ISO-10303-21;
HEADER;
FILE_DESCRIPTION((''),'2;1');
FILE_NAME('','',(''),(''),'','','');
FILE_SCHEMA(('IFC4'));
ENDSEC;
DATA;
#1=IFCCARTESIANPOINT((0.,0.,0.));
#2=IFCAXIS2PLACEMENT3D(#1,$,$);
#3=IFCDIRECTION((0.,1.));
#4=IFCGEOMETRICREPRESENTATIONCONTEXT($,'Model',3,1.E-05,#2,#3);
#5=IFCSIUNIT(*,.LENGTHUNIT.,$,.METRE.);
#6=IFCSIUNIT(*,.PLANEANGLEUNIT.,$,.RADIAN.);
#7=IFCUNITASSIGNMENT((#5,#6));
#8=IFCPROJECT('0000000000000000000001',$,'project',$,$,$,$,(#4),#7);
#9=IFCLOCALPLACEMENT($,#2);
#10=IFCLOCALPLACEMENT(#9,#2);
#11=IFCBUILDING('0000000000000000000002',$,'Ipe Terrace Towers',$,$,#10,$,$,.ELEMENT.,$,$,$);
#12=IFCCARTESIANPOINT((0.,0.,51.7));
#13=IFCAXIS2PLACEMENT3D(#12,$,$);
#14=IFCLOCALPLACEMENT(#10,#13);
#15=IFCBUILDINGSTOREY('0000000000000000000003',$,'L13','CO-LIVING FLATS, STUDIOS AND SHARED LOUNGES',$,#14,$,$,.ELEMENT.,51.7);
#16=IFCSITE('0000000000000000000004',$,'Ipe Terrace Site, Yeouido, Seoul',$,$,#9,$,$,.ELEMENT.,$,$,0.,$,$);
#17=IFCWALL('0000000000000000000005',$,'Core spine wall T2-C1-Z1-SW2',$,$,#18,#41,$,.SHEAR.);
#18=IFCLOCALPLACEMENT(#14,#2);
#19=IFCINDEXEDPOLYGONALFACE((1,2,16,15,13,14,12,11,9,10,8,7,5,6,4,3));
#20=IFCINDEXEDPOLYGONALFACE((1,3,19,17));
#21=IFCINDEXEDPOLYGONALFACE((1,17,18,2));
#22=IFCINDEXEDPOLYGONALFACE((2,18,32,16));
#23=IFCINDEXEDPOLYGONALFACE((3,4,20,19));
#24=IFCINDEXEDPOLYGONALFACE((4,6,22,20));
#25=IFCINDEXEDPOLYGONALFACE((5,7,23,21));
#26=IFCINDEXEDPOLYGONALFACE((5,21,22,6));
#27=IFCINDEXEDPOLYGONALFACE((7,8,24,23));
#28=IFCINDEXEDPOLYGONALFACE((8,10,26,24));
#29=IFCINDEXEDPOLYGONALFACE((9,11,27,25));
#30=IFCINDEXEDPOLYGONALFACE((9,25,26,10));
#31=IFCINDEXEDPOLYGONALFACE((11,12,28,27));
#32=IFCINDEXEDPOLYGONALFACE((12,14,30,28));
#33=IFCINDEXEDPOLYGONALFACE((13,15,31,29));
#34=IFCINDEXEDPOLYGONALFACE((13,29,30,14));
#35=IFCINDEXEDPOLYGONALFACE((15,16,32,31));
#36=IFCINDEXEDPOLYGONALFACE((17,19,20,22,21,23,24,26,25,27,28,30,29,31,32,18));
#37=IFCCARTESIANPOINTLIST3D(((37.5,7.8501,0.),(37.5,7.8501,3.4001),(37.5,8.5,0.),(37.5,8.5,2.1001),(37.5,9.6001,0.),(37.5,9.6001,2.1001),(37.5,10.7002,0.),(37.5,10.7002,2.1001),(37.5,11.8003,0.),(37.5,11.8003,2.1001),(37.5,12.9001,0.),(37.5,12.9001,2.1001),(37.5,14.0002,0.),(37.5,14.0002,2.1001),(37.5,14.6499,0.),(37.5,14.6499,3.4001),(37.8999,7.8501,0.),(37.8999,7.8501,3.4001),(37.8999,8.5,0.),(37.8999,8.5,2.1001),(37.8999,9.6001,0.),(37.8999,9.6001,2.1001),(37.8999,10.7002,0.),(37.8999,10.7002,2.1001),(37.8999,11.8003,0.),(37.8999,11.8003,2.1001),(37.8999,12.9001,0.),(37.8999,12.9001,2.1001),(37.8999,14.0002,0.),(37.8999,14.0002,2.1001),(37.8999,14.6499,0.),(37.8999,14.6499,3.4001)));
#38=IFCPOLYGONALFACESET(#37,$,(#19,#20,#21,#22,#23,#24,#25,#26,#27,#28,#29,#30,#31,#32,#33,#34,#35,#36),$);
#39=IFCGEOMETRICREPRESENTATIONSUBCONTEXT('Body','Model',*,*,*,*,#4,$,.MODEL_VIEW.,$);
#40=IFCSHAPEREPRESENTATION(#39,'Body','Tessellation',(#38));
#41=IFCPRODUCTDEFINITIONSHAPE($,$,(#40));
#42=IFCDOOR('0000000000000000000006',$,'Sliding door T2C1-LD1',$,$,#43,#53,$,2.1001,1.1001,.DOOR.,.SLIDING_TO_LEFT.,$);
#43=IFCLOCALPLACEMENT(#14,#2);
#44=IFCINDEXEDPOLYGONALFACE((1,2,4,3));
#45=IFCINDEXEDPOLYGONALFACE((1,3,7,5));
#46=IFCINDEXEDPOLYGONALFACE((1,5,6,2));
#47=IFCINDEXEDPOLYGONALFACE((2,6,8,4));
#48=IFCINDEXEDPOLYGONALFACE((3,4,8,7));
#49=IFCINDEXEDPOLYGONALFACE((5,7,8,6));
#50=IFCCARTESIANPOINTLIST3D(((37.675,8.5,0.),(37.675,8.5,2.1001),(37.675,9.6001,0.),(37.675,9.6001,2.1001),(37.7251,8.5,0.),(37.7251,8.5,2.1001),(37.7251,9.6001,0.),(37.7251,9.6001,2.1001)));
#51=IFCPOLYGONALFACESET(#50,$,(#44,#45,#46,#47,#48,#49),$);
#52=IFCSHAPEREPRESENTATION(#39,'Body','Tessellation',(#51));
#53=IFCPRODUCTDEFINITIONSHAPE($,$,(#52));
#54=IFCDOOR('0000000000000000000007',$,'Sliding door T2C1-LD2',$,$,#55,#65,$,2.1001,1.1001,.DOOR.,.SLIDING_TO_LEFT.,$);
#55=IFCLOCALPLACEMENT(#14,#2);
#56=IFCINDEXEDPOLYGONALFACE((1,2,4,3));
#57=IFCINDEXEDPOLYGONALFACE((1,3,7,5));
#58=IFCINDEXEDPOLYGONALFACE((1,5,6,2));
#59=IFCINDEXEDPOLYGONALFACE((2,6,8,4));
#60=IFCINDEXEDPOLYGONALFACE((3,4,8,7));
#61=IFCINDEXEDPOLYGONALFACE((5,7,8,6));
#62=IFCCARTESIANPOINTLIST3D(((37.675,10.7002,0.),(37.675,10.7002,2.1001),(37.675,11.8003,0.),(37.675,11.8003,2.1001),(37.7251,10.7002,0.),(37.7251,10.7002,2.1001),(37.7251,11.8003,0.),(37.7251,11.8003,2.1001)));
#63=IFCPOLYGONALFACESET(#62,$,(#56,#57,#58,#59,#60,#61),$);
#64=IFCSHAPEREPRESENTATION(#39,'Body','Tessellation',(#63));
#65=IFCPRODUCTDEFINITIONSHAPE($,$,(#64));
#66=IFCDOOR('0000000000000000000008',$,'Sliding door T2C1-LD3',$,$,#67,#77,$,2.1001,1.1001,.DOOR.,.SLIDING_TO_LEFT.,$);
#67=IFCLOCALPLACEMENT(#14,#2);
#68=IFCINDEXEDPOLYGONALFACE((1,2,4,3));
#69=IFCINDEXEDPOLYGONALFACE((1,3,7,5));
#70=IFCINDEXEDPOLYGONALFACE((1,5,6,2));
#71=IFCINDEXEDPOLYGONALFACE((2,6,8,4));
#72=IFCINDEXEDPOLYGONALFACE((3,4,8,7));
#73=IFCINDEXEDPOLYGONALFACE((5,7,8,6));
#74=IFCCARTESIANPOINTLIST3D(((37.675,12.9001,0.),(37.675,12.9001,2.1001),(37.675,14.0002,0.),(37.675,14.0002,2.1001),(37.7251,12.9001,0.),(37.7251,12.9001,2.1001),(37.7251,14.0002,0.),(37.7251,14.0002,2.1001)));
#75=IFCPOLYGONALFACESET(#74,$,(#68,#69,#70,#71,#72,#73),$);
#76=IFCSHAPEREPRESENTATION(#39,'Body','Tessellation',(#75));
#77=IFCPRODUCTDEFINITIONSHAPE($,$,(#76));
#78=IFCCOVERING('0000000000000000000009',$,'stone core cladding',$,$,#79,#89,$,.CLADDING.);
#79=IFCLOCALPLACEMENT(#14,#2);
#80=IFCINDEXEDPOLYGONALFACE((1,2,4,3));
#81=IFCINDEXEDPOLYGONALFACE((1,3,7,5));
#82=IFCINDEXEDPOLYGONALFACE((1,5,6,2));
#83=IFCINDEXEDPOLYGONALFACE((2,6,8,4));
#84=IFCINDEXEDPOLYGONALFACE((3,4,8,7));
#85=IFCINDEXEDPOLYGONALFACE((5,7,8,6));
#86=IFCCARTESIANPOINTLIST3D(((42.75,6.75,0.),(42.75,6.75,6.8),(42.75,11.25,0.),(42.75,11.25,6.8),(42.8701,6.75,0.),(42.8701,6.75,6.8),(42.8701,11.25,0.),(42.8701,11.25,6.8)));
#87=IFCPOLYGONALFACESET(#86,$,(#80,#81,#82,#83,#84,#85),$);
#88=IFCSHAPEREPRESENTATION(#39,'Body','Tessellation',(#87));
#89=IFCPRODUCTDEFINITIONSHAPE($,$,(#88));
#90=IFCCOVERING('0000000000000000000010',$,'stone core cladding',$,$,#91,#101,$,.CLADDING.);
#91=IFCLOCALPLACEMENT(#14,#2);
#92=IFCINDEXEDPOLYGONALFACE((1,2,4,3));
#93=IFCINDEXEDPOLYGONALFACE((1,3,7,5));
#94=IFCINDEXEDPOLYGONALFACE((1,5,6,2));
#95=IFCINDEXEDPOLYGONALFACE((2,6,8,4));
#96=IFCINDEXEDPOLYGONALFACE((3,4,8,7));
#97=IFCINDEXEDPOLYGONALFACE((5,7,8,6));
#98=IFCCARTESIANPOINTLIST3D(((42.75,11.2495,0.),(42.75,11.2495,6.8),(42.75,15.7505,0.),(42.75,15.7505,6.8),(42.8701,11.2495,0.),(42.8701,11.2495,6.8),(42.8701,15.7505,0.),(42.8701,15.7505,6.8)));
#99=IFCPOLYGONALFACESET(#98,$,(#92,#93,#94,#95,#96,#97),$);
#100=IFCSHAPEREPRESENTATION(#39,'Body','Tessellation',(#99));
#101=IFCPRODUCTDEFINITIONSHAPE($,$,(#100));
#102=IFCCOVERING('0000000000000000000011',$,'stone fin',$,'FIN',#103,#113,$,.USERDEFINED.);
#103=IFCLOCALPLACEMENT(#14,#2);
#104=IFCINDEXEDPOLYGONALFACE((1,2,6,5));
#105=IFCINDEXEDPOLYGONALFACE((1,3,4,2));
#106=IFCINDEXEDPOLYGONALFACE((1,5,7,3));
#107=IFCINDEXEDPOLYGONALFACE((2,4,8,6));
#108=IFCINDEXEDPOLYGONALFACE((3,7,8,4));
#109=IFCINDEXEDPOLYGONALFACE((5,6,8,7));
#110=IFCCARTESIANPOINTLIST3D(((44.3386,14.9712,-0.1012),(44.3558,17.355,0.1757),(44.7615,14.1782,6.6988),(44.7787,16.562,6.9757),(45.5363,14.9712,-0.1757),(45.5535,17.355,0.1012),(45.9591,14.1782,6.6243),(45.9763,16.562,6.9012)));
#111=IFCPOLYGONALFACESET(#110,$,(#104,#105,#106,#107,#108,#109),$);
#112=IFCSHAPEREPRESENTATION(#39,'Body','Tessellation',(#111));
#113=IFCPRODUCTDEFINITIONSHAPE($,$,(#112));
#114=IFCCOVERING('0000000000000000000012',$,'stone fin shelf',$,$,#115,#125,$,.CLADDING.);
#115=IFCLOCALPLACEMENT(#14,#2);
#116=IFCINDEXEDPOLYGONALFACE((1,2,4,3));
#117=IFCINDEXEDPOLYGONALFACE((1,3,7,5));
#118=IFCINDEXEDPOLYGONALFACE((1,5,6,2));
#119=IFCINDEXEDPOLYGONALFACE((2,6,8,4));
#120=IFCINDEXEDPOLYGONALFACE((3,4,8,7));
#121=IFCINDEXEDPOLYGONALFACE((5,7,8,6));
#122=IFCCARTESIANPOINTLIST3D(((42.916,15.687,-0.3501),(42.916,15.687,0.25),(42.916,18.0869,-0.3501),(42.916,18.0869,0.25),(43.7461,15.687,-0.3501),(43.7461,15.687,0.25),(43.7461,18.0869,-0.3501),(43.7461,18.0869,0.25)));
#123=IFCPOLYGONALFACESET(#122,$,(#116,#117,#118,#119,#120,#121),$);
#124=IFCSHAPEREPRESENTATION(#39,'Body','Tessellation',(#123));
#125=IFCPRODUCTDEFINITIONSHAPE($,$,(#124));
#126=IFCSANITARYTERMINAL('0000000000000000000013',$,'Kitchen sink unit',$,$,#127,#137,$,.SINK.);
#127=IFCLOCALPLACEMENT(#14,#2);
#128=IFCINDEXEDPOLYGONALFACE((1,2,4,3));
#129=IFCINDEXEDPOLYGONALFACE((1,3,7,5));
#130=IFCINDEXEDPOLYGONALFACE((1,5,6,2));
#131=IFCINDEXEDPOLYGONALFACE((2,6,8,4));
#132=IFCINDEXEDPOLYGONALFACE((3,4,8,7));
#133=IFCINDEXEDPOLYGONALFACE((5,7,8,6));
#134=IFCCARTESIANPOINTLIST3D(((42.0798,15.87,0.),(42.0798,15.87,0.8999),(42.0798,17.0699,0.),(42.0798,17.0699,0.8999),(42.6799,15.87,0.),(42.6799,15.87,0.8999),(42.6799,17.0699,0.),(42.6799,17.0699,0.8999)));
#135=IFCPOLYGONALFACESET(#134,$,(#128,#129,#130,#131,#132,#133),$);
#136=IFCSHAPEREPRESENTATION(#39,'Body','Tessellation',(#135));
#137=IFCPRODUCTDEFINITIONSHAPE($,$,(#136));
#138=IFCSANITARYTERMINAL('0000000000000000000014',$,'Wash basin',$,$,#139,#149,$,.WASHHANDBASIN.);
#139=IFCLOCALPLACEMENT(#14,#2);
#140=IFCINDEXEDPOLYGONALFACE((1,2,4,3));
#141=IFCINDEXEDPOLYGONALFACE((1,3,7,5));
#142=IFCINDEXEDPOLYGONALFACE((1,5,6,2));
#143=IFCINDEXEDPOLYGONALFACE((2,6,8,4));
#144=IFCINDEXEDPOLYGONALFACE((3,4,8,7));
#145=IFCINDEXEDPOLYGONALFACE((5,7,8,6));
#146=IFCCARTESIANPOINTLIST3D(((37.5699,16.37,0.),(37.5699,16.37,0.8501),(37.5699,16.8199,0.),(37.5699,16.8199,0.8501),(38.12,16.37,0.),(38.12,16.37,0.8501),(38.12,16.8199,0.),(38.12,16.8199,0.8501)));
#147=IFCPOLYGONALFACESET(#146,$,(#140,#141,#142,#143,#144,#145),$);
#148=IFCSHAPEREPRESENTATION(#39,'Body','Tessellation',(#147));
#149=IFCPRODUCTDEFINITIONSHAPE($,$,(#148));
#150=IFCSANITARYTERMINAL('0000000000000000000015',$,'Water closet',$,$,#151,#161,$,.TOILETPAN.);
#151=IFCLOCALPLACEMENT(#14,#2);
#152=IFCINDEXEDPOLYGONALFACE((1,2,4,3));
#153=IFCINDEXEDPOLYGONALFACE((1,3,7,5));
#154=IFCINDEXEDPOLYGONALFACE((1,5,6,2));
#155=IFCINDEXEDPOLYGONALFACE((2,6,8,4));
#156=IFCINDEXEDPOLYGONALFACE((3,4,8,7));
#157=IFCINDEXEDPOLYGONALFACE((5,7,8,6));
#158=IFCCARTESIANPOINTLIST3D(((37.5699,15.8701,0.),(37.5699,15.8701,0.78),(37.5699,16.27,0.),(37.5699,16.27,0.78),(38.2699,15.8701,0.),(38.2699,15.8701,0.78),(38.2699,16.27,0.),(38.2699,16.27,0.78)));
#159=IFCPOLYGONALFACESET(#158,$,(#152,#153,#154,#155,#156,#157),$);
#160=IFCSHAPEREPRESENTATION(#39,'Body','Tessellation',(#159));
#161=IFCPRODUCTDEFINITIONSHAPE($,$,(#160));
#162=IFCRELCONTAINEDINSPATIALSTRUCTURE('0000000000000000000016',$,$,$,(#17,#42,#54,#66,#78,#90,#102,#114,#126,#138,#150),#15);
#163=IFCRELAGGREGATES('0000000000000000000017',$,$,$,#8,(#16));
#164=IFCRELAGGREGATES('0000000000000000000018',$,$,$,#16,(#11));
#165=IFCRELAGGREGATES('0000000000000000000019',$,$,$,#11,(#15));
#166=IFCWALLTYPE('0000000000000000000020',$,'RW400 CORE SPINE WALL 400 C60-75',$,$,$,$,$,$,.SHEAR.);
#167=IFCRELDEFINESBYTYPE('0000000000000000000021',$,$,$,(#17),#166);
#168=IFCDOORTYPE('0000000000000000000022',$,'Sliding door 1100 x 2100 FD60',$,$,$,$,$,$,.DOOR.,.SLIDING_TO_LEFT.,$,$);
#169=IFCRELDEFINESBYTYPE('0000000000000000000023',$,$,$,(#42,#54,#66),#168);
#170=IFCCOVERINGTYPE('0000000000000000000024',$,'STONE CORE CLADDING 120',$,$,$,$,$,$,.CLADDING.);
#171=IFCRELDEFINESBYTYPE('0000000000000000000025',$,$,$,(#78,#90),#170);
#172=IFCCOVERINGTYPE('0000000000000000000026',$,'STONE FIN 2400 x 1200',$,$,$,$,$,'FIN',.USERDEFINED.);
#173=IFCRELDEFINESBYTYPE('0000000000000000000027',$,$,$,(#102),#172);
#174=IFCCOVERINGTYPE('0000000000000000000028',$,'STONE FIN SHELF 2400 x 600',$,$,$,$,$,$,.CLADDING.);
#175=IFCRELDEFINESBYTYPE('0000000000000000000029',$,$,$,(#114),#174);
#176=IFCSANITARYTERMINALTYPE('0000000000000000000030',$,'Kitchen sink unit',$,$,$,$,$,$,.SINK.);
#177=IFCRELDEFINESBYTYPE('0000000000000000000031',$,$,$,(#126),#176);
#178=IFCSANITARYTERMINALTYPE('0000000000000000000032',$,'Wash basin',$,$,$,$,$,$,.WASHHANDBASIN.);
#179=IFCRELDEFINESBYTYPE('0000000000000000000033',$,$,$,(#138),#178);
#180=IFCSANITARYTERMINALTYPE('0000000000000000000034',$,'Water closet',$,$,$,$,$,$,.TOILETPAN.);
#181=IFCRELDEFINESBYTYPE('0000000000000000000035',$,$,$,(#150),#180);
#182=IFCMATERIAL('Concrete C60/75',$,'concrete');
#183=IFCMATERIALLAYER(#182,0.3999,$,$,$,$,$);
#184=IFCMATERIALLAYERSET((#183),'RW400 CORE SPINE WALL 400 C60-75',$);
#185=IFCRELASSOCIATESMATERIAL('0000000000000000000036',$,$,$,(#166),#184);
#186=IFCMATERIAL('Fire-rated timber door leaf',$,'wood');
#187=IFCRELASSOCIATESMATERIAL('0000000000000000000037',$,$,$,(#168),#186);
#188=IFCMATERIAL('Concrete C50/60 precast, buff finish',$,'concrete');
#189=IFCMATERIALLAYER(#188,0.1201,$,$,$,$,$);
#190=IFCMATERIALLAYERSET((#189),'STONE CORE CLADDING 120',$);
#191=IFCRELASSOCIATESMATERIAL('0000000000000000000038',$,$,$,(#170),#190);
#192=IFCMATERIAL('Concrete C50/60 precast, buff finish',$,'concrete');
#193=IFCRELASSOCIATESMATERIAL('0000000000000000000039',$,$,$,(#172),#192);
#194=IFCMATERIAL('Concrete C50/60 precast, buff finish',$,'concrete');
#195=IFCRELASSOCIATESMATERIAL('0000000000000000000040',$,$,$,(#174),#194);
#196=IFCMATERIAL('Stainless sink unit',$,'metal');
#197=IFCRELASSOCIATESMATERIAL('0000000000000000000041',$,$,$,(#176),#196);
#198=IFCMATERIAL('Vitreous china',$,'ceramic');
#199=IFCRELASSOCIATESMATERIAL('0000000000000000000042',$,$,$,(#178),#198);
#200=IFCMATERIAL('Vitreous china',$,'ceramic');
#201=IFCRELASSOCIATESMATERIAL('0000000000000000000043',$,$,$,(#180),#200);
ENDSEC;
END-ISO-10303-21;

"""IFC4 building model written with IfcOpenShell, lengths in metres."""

from ifc_helpers import new_model, si_unit, direction, frame, frame_2d, origin, origin_2d, place, context, subcontext, project, spatial, rectangle, extrude, material, layer, layer_set, material_profile, profile_set, type_object, element, fill, save


model = new_model("IFC4")

# Units and contexts
model_context = context("Model", 3, precision=1e-05, world=origin(), true_north=direction((0.0, 1.0)))
body_context = subcontext(model_context, "Body", "Model", "MODEL_VIEW")
ifc_project = project(units=[si_unit("LENGTHUNIT", "METRE"), si_unit("PLANEANGLEUNIT", "RADIAN")], contexts=[model_context])

# Site, building, storey
site_placement = place(None, origin())
site = spatial("IfcSite", under=ifc_project, at=site_placement, Name="Ipe Terrace Site, Yeouido, Seoul", CompositionType="ELEMENT", RefElevation=0.0)
building_placement = place(site_placement, origin())
building = spatial("IfcBuilding", under=site, at=building_placement, Name="Ipe Terrace Towers", CompositionType="ELEMENT")
storey_placement = place(building_placement, frame((0.0, 0.0, 51.7)))
storey = spatial("IfcBuildingStorey", under=building, at=storey_placement, Name="L13", Description="CO-LIVING FLATS, STUDIOS AND SHARED LOUNGES", CompositionType="ELEMENT", Elevation=51.7)

# Wall, openings, doors
ifc_material_1 = material(Name="Concrete C60/75", Category="concrete")
ifc_layer_1 = layer(ifc_material_1, 0.3999)
ifc_layer_set_1 = layer_set([ifc_layer_1], Name="RW400 CORE SPINE WALL 400 C60-75")
wall_type_1 = type_object("IfcWallType", Name="RW400 CORE SPINE WALL 400 C60-75", PredefinedType="SHEAR", material=ifc_layer_set_1)
wall_1_placement = place(storey_placement, frame((37.7, 7.8501, 0.0), z_axis=(0.0, 0.0, 1.0), x_axis=(0.0, 1.0, 0.0)))
wall_1 = element("IfcWall", 1, at=wall_1_placement, inside=storey, type_object=wall_type_1, Name="Core spine wall T2-C1-Z1-SW2", PredefinedType="SHEAR", context=body_context, shape_type="SweptSolid", body=[
    extrude(rectangle(XDim=6.7998, YDim=0.3999, at=frame_2d((3.3999, 0.0))), origin(), (0.0, 0.0, 1.0), 3.4001),
])
opening_1_placement = place(wall_1_placement, frame((0.6499, 0.0, 0.0)))
opening_1 = element("IfcOpeningElement", 2, at=opening_1_placement, cuts=wall_1, PredefinedType="OPENING", context=body_context, shape_type="SweptSolid", body=[
    extrude(rectangle(XDim=1.1001, YDim=2.1001, at=frame_2d((0.55, 1.05))), frame((0.0, 0.21, 0.0), z_axis=(0.0, -1.0, 0.0), x_axis=(1.0, 0.0, 0.0)), (0.0, 0.0, 1.0), 0.4199),
])
opening_2_placement = place(wall_1_placement, frame((2.8501, 0.0, 0.0)))
opening_2 = element("IfcOpeningElement", 3, at=opening_2_placement, cuts=wall_1, PredefinedType="OPENING", context=body_context, shape_type="SweptSolid", body=[
    extrude(rectangle(XDim=1.1001, YDim=2.1001, at=frame_2d((0.55, 1.05))), frame((0.0, 0.21, 0.0), z_axis=(0.0, -1.0, 0.0), x_axis=(1.0, 0.0, 0.0)), (0.0, 0.0, 1.0), 0.4199),
])
opening_3_placement = place(wall_1_placement, frame((5.05, 0.0, 0.0)))
opening_3 = element("IfcOpeningElement", 4, at=opening_3_placement, cuts=wall_1, PredefinedType="OPENING", context=body_context, shape_type="SweptSolid", body=[
    extrude(rectangle(XDim=1.1001, YDim=2.1001, at=frame_2d((0.55, 1.05))), frame((0.0, 0.21, 0.0), z_axis=(0.0, -1.0, 0.0), x_axis=(1.0, 0.0, 0.0)), (0.0, 0.0, 1.0), 0.4199),
])
ifc_material_2 = material(Name="Fire-rated timber door leaf", Category="wood")
door_type_1 = type_object("IfcDoorType", Name="Sliding door 1100 x 2100 FD60", OperationType="SLIDING_TO_LEFT", PredefinedType="DOOR", material=ifc_material_2)
door_1_placement = place(opening_1_placement, origin())
door_1 = element("IfcDoor", 5, at=door_1_placement, inside=storey, type_object=door_type_1, Name="Sliding door T2C1-LD1", OperationType="SLIDING_TO_LEFT", OverallHeight=2.1001, OverallWidth=1.1001, PredefinedType="DOOR", context=body_context, shape_type="SweptSolid", body=[
    extrude(rectangle(XDim=1.1001, YDim=2.1001, at=frame_2d((0.55, 1.05))), frame((0.0, 0.0249, 0.0), z_axis=(0.0, -1.0, 0.0), x_axis=(1.0, 0.0, 0.0)), (0.0, 0.0, 1.0), 0.05),
])
fill(opening_1, door_1)
door_2_placement = place(opening_2_placement, origin())
door_2 = element("IfcDoor", 6, at=door_2_placement, inside=storey, type_object=door_type_1, Name="Sliding door T2C1-LD2", OperationType="SLIDING_TO_LEFT", OverallHeight=2.1001, OverallWidth=1.1001, PredefinedType="DOOR", context=body_context, shape_type="SweptSolid", body=[
    extrude(rectangle(XDim=1.1001, YDim=2.1001, at=frame_2d((0.55, 1.05))), frame((0.0, 0.0249, 0.0), z_axis=(0.0, -1.0, 0.0), x_axis=(1.0, 0.0, 0.0)), (0.0, 0.0, 1.0), 0.05),
])
fill(opening_2, door_2)
door_3_placement = place(opening_3_placement, origin())
door_3 = element("IfcDoor", 7, at=door_3_placement, inside=storey, type_object=door_type_1, Name="Sliding door T2C1-LD3", OperationType="SLIDING_TO_LEFT", OverallHeight=2.1001, OverallWidth=1.1001, PredefinedType="DOOR", context=body_context, shape_type="SweptSolid", body=[
    extrude(rectangle(XDim=1.1001, YDim=2.1001, at=frame_2d((0.55, 1.05))), frame((0.0, 0.0249, 0.0), z_axis=(0.0, -1.0, 0.0), x_axis=(1.0, 0.0, 0.0)), (0.0, 0.0, 1.0), 0.05),
])
fill(opening_3, door_3)

# Coverings
ifc_material_3 = material(Name="Concrete C50/60 precast, buff finish", Category="concrete")
ifc_layer_2 = layer(ifc_material_3, 0.1201)
ifc_layer_set_2 = layer_set([ifc_layer_2], Name="STONE CORE CLADDING 120")
covering_type_1 = type_object("IfcCoveringType", Name="STONE CORE CLADDING 120", PredefinedType="CLADDING", material=ifc_layer_set_2)
covering_1_placement = place(storey_placement, frame((42.8101, 9.0, 0.0), z_axis=(0.0, 0.0, 1.0), x_axis=(0.0, 1.0, 0.0)))
element("IfcCovering", 8, at=covering_1_placement, inside=storey, type_object=covering_type_1, Name="stone core cladding", PredefinedType="CLADDING", context=body_context, shape_type="SweptSolid", body=[
    extrude(rectangle(XDim=4.5, YDim=0.1201, at=origin_2d()), origin(), (0.0, 0.0, 1.0), 6.8),
])
covering_2_placement = place(storey_placement, frame((42.8101, 13.5, 0.0), z_axis=(0.0, 0.0, 1.0), x_axis=(0.0, 1.0, 0.0)))
element("IfcCovering", 9, at=covering_2_placement, inside=storey, type_object=covering_type_1, Name="stone core cladding", PredefinedType="CLADDING", context=body_context, shape_type="SweptSolid", body=[
    extrude(rectangle(XDim=4.501, YDim=0.1201, at=origin_2d()), origin(), (0.0, 0.0, 1.0), 6.8),
])
ifc_material_4 = material(Name="Concrete C50/60 precast, buff finish", Category="concrete")
ifc_material_profile_1 = material_profile(ifc_material_4, rectangle(XDim=2.3999, YDim=1.2, at=origin_2d()), Name="STONE FIN 2400 x 1200")
ifc_profile_set_1 = profile_set([ifc_material_profile_1], Name="Concrete C50/60 precast, buff finish")
covering_type_2 = type_object("IfcCoveringType", Name="STONE FIN 2400 x 1200", ElementType="FIN", PredefinedType="USERDEFINED", material=ifc_profile_set_1)
covering_3_placement = place(storey_placement, frame((44.946, 16.1631, 0.0), z_axis=(0.061648, -0.115607, 0.99138), x_axis=(0.007175, 0.993295, 0.115384)))
element("IfcCovering", 10, at=covering_3_placement, inside=storey, type_object=covering_type_2, Name="stone fin", ObjectType="FIN", PredefinedType="USERDEFINED", context=body_context, shape_type="SweptSolid", body=[
    extrude(rectangle(XDim=2.3999, YDim=1.2, at=origin_2d()), origin(), (0.0, 0.0, 1.0), 6.8591),
])
ifc_material_5 = material(Name="Concrete C50/60 precast, buff finish", Category="concrete")
covering_type_3 = type_object("IfcCoveringType", Name="STONE FIN SHELF 2400 x 600", PredefinedType="CLADDING", material=ifc_material_5)
covering_4_placement = place(storey_placement, frame((43.3311, 16.887, -0.3501), z_axis=(0.0, 0.0, 1.0), x_axis=(0.0, 1.0, 0.0)))
element("IfcCovering", 11, at=covering_4_placement, inside=storey, type_object=covering_type_3, Name="stone fin shelf", PredefinedType="CLADDING", context=body_context, shape_type="SweptSolid", body=[
    extrude(rectangle(XDim=2.3999, YDim=0.8301, at=origin_2d()), origin(), (0.0, 0.0, 1.0), 0.6001),
])

# Sanitary terminals
ifc_material_6 = material(Name="Stainless sink unit", Category="metal")
sanitary_terminal_type_1 = type_object("IfcSanitaryTerminalType", Name="Kitchen sink unit", PredefinedType="SINK", material=ifc_material_6)
sanitary_terminal_1_placement = place(storey_placement, frame((42.3799, 16.47, 0.0), z_axis=(0.0, 0.0, 1.0), x_axis=(0.0, -1.0, 0.0)))
element("IfcSanitaryTerminal", 12, at=sanitary_terminal_1_placement, inside=storey, type_object=sanitary_terminal_type_1, Name="Kitchen sink unit", PredefinedType="SINK", context=body_context, shape_type="SweptSolid", body=[
    extrude(rectangle(XDim=1.2, YDim=0.6001, at=origin_2d()), origin(), (0.0, 0.0, 1.0), 0.8999),
])
ifc_material_7 = material(Name="Vitreous china", Category="ceramic")
sanitary_terminal_type_2 = type_object("IfcSanitaryTerminalType", Name="Wash basin", PredefinedType="WASHHANDBASIN", material=ifc_material_7)
sanitary_terminal_2_placement = place(storey_placement, frame((37.845, 16.595, 0.0), z_axis=(0.0, 0.0, 1.0), x_axis=(1.0, 0.0, 0.0)))
element("IfcSanitaryTerminal", 13, at=sanitary_terminal_2_placement, inside=storey, type_object=sanitary_terminal_type_2, Name="Wash basin", PredefinedType="WASHHANDBASIN", context=body_context, shape_type="SweptSolid", body=[
    extrude(rectangle(XDim=0.55, YDim=0.45, at=origin_2d()), origin(), (0.0, 0.0, 1.0), 0.8501),
])
ifc_material_8 = material(Name="Vitreous china", Category="ceramic")
sanitary_terminal_type_3 = type_object("IfcSanitaryTerminalType", Name="Water closet", PredefinedType="TOILETPAN", material=ifc_material_8)
sanitary_terminal_3_placement = place(storey_placement, frame((37.9199, 16.0701, 0.0), z_axis=(0.0, 0.0, 1.0), x_axis=(1.0, 0.0, 0.0)))
element("IfcSanitaryTerminal", 14, at=sanitary_terminal_3_placement, inside=storey, type_object=sanitary_terminal_type_3, Name="Water closet", PredefinedType="TOILETPAN", context=body_context, shape_type="SweptSolid", body=[
    extrude(rectangle(XDim=0.7, YDim=0.3999, at=origin_2d()), origin(), (0.0, 0.0, 1.0), 0.78),
])

save(model, "model.ifc")
